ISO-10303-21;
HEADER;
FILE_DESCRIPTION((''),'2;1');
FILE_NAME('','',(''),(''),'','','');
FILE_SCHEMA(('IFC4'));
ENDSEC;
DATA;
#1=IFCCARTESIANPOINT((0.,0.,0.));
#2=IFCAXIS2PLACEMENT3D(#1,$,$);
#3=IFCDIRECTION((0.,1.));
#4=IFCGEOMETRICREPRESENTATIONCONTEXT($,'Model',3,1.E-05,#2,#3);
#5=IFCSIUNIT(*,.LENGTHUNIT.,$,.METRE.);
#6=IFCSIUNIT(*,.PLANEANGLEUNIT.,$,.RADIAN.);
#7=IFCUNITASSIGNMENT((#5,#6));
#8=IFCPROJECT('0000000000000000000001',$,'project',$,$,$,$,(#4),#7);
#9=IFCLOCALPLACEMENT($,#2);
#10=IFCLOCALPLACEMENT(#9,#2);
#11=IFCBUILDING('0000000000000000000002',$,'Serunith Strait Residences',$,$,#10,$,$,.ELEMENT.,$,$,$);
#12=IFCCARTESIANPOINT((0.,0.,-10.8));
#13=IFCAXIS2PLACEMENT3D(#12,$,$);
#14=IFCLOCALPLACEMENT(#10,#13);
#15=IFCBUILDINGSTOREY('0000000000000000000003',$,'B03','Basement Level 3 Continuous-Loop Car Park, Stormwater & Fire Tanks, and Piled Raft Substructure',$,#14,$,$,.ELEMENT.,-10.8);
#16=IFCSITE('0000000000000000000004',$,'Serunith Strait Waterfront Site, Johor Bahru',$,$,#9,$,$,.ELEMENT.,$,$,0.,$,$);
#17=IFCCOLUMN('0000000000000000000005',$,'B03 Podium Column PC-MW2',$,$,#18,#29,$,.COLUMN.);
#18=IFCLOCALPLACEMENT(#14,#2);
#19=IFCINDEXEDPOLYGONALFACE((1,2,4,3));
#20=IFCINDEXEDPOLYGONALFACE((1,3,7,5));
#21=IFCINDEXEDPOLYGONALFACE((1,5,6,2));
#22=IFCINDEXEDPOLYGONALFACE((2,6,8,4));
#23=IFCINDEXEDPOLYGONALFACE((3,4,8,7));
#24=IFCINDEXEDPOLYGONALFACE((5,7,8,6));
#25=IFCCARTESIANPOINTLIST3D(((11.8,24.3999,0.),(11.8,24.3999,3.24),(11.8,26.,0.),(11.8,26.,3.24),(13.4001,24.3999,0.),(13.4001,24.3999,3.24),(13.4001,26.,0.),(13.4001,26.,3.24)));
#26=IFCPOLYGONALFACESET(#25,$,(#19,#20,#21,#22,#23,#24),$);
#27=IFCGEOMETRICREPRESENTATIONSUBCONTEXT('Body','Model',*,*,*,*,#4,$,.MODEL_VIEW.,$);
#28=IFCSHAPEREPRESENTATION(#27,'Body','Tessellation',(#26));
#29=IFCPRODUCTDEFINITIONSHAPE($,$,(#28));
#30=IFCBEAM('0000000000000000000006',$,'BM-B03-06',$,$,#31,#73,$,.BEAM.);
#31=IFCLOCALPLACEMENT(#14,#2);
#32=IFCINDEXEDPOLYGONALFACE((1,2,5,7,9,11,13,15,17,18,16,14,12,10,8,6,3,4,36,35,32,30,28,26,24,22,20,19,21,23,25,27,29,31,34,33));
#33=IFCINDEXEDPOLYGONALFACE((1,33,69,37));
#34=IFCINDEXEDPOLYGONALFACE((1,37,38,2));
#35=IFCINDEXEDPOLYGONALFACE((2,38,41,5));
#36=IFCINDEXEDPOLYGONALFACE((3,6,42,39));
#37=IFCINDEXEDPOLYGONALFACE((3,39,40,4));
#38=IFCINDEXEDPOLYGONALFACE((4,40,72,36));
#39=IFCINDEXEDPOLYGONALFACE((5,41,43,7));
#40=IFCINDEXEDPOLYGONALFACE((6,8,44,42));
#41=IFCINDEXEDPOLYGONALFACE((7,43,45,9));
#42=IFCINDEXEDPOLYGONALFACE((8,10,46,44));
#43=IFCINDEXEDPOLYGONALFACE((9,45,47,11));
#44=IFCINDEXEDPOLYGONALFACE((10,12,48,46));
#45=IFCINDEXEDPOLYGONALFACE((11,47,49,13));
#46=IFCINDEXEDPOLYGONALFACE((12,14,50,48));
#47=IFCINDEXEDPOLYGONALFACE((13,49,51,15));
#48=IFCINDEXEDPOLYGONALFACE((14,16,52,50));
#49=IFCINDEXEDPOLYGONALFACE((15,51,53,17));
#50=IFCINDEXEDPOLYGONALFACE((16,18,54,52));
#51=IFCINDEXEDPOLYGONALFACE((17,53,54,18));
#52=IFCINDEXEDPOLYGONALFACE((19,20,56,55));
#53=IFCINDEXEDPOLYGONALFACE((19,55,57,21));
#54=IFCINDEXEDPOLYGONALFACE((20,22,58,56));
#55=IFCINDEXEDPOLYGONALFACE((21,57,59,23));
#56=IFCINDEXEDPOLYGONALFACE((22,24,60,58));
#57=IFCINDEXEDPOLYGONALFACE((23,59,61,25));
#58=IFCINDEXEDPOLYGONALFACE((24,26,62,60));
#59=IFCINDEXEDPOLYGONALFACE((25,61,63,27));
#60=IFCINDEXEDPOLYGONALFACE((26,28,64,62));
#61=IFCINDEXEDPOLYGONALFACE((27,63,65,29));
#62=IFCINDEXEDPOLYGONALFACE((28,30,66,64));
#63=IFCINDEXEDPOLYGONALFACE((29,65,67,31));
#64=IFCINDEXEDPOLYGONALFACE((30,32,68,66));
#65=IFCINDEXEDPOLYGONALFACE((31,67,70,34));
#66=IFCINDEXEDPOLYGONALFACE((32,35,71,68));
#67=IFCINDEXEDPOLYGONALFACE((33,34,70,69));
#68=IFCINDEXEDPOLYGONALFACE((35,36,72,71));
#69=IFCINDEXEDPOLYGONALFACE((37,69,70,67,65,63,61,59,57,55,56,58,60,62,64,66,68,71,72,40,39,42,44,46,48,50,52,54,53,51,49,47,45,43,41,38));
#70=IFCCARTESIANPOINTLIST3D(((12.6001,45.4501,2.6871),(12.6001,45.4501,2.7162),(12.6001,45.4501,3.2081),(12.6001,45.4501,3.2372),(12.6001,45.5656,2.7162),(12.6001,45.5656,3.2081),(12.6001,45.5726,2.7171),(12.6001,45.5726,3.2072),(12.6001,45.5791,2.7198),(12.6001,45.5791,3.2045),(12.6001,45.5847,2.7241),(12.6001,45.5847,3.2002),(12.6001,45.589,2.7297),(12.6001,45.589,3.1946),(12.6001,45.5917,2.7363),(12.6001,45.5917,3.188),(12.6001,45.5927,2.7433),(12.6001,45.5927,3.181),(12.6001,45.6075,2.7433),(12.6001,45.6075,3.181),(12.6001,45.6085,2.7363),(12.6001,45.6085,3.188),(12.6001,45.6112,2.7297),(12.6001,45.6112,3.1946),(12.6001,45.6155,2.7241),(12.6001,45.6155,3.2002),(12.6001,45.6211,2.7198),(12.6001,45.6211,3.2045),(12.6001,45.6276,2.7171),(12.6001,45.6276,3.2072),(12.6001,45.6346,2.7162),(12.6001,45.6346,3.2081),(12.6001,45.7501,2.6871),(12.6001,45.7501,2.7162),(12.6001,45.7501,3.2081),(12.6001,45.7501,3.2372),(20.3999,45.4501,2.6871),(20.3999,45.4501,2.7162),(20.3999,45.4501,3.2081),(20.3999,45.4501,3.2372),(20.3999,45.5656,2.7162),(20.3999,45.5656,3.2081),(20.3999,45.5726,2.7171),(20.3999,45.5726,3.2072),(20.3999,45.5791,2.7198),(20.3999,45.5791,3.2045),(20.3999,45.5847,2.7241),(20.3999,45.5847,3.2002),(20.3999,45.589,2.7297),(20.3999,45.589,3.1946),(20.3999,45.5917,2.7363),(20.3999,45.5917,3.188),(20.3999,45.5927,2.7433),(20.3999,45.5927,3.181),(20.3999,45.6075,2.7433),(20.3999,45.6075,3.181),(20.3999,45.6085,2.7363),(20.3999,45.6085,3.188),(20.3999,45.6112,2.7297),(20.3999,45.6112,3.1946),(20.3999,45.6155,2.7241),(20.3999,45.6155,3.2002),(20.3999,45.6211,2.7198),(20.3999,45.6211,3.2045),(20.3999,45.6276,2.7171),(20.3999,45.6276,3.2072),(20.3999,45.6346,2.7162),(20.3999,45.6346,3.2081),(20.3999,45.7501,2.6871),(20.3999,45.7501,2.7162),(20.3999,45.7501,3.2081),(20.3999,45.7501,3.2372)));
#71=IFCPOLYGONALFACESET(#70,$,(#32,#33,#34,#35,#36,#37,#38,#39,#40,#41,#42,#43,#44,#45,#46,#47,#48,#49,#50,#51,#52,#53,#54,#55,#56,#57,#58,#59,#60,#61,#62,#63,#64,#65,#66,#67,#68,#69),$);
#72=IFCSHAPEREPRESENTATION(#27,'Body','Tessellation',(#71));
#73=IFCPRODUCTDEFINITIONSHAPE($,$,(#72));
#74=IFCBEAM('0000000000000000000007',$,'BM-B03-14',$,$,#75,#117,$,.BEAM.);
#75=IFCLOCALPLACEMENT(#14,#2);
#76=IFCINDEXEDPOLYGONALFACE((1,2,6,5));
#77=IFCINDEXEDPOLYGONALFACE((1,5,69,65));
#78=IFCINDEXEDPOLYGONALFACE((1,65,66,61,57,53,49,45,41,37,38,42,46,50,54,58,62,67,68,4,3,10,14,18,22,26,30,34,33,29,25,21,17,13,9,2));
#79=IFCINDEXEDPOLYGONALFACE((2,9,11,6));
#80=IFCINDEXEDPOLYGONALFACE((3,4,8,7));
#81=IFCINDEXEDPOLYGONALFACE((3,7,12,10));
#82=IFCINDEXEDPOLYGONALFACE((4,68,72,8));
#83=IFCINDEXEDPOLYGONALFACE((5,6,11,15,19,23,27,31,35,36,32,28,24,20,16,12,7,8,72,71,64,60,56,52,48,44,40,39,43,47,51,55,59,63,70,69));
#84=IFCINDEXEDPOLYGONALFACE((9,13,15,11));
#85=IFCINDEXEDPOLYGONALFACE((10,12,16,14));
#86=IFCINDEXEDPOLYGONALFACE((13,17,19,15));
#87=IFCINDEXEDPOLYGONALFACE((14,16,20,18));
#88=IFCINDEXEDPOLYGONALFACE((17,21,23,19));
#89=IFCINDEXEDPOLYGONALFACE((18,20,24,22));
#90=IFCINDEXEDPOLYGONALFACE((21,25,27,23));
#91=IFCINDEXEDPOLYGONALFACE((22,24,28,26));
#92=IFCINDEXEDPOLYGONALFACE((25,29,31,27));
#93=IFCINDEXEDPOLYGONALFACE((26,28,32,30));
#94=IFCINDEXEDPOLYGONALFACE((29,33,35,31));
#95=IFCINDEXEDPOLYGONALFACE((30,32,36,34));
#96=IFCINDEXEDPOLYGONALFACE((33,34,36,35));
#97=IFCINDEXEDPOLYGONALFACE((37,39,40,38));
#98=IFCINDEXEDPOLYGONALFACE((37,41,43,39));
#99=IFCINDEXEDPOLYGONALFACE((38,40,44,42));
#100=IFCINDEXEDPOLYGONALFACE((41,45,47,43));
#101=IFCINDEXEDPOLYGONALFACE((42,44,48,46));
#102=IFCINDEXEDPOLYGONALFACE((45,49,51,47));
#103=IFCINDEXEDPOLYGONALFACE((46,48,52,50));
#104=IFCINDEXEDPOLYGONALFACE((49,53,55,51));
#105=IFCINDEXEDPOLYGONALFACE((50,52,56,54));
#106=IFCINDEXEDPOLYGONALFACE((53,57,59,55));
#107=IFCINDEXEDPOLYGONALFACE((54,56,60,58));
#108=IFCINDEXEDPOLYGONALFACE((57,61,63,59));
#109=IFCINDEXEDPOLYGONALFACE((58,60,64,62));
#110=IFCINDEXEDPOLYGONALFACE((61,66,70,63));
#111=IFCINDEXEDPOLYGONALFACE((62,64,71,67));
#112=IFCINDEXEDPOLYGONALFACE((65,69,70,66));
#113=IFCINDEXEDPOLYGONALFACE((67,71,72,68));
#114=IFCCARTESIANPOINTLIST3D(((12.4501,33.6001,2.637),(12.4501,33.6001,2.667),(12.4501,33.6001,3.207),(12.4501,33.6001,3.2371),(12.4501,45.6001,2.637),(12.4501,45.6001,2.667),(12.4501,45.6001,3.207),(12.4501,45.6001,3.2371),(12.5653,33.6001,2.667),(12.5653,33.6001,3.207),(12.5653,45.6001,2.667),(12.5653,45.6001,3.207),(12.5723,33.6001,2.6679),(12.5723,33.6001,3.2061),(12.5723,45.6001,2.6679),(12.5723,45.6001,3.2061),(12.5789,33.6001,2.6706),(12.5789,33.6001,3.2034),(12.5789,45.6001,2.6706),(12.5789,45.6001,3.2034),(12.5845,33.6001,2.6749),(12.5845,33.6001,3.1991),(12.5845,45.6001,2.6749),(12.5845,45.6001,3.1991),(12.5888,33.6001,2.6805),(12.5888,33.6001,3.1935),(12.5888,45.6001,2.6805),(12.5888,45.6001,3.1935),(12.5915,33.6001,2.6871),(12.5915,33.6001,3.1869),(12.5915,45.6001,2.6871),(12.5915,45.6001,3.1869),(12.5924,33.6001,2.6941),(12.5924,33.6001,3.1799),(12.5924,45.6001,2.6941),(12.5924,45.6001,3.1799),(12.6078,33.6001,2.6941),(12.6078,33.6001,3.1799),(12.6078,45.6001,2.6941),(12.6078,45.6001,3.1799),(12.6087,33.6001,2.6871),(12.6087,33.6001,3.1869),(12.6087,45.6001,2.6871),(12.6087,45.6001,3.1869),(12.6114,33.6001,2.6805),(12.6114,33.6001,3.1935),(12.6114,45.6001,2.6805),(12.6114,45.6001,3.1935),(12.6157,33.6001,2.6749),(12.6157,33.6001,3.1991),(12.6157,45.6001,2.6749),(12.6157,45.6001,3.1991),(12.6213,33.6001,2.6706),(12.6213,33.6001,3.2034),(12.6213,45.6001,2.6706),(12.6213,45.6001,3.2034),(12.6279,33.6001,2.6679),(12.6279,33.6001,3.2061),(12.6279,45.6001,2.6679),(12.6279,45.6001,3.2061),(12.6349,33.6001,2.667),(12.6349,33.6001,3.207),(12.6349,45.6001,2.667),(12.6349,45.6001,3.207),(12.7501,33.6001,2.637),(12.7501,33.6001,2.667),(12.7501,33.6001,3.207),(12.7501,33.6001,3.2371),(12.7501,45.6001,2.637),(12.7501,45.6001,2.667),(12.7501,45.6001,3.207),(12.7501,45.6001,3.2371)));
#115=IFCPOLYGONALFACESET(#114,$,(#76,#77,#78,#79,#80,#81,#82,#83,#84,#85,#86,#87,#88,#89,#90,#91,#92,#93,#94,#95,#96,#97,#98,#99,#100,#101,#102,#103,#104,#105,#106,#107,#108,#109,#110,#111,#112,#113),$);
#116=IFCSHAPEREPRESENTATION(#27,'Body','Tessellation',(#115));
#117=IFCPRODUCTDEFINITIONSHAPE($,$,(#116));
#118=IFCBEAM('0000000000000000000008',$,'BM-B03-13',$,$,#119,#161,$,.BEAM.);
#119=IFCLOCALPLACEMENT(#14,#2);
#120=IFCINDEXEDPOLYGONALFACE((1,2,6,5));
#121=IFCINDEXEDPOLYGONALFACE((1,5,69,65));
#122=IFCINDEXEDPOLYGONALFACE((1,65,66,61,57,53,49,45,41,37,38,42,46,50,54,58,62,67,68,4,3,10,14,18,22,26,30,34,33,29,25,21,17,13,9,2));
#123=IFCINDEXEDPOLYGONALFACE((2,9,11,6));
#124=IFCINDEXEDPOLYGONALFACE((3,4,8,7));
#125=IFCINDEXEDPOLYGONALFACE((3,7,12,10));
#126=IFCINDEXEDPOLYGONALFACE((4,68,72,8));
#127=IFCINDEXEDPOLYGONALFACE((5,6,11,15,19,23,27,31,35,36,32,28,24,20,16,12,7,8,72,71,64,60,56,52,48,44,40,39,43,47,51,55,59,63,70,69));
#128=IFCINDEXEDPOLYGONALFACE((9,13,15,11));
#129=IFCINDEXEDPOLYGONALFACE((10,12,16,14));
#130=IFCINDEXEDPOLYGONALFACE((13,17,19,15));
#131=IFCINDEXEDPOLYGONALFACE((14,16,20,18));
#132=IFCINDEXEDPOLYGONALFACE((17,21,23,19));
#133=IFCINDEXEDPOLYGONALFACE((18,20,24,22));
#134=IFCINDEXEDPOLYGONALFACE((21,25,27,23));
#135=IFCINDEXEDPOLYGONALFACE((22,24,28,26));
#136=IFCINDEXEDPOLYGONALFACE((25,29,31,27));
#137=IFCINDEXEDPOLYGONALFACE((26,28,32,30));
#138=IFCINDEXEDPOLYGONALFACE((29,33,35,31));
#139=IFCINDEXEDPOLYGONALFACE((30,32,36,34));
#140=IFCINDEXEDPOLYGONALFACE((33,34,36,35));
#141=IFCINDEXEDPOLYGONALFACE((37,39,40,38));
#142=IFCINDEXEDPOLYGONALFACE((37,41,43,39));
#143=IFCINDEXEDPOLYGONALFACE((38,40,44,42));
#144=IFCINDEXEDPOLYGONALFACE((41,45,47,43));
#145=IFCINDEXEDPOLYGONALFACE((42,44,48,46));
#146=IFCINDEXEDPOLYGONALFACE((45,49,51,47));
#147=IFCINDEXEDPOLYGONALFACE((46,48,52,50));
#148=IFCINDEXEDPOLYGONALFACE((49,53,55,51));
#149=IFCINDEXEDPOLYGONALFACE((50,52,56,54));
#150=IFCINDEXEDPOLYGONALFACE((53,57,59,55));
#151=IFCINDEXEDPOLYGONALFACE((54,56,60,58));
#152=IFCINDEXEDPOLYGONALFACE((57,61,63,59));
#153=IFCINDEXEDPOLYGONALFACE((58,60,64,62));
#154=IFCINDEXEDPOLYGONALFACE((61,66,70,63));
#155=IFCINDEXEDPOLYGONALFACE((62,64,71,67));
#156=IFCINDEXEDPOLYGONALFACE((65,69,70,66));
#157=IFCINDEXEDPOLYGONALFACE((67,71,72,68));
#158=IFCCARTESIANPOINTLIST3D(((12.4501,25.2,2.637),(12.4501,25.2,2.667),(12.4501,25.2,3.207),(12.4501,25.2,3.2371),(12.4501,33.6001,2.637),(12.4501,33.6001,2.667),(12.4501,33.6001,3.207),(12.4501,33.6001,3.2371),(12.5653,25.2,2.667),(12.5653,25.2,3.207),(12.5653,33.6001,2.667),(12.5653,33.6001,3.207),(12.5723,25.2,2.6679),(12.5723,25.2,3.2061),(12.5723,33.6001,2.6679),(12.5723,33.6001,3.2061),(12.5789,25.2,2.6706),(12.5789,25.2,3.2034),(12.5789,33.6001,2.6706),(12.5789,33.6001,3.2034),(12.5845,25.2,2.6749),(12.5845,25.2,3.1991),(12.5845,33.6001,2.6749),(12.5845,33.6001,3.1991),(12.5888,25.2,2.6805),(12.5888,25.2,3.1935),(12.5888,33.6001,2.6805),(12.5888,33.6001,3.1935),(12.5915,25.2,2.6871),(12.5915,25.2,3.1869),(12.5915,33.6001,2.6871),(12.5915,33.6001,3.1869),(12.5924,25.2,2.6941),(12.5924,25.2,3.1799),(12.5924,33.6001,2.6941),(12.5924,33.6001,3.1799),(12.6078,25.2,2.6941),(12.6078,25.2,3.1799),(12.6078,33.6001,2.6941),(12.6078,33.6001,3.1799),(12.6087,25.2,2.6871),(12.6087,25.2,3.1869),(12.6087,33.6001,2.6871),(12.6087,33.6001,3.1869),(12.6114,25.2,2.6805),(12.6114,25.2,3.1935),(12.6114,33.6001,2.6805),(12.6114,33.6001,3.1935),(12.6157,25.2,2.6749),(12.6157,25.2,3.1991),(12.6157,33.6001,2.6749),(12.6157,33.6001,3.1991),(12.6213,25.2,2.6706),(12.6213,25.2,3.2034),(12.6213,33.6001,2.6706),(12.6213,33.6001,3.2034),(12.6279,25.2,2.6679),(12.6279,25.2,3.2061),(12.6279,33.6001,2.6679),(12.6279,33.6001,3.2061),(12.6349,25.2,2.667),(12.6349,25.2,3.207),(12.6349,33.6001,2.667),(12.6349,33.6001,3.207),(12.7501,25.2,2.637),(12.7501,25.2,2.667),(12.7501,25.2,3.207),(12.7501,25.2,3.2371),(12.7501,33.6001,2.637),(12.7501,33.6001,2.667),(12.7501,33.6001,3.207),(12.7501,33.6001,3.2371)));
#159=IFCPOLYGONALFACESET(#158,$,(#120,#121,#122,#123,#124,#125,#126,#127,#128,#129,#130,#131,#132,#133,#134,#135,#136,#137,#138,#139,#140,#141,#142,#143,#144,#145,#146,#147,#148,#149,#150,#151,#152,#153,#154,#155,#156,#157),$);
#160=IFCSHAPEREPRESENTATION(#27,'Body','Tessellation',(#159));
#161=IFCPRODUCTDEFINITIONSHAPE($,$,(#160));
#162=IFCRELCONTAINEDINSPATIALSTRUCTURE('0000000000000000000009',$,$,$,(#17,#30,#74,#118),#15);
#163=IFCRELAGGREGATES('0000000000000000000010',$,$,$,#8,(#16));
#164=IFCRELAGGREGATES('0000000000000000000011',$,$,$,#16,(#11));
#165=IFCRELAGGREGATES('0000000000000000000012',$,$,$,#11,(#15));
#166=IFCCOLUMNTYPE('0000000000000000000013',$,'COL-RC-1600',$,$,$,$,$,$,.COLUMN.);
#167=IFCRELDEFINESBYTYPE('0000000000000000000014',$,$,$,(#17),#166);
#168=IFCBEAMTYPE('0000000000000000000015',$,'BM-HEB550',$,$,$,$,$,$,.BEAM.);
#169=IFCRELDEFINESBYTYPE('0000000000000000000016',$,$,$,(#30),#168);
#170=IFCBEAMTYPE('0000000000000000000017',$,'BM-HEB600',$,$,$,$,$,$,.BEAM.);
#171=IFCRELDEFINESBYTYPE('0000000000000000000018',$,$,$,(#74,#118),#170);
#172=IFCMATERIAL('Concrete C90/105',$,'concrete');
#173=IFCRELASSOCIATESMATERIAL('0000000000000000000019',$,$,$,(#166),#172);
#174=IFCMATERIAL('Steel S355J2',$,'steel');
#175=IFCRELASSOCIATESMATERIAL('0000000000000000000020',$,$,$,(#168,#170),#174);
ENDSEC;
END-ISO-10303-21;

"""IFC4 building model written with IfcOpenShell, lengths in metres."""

from ifc_helpers import new_model, si_unit, direction, frame, origin, origin_2d, place, context, subcontext, project, spatial, rectangle, i_section, extrude, source, transform, mapped, material, material_profile, profile_set, type_object, element, save


model = new_model("IFC4")

# Units and contexts
model_context = context("Model", 3, precision=1e-05, world=origin(), true_north=direction((0.0, 1.0)))
body_context = subcontext(model_context, "Body", "Model", "MODEL_VIEW")
ifc_project = project(units=[si_unit("LENGTHUNIT", "METRE"), si_unit("PLANEANGLEUNIT", "RADIAN")], contexts=[model_context])

# Site, building, storey
site_placement = place(None, origin())
site = spatial("IfcSite", under=ifc_project, at=site_placement, Name="Serunith Strait Waterfront Site, Johor Bahru", CompositionType="ELEMENT", RefElevation=0.0)
building_placement = place(site_placement, origin())
building = spatial("IfcBuilding", under=site, at=building_placement, Name="Serunith Strait Residences", CompositionType="ELEMENT")
storey_placement = place(building_placement, frame((0.0, 0.0, -10.8)))
storey = spatial("IfcBuildingStorey", under=building, at=storey_placement, Name="B03", Description="Basement Level 3 Continuous-Loop Car Park, Stormwater & Fire Tanks, and Piled Raft Substructure", CompositionType="ELEMENT", Elevation=-10.8)

# Column
ifc_material_1 = material(Name="Concrete C90/105", Category="concrete")
ifc_material_profile_1 = material_profile(ifc_material_1, rectangle(XDim=1.6001, YDim=1.6001, at=origin_2d()), Name="RC 1600x1600")
ifc_profile_set_1 = profile_set([ifc_material_profile_1], Name="Concrete C90/105")
column_type_1 = type_object("IfcColumnType", Name="COL-RC-1600", PredefinedType="COLUMN", material=ifc_profile_set_1)
shared_shape_1 = source(origin(), body_context, "Body", "SweptSolid", [
    extrude(rectangle(XDim=1.6001, YDim=1.6001, at=origin_2d()), origin(), (0.0, 0.0, 1.0), 3.24),
])
column_placement = place(storey_placement, frame((12.6001, 25.2, 0.0), z_axis=(0.0, 0.0, 1.0), x_axis=(1.0, 0.0, 0.0)))
element("IfcColumn", 1, at=column_placement, inside=storey, type_object=column_type_1, Name="B03 Podium Column PC-MW2", PredefinedType="COLUMN", context=body_context, shape_type="MappedRepresentation", body=[
    mapped(shared_shape_1, transform((0.0, 0.0, 0.0), scale=1.0)),
])

# Beams
ifc_material_2 = material(Name="Steel S355J2", Category="steel")
ifc_material_profile_2 = material_profile(ifc_material_2, i_section(OverallWidth=0.3, OverallDepth=0.55, WebThickness=0.0149, FlangeThickness=0.0291, FilletRadius=0.0271, at=origin_2d()), Name="HEB 550")
ifc_profile_set_2 = profile_set([ifc_material_profile_2], Name="Steel S355J2")
beam_type_1 = type_object("IfcBeamType", Name="BM-HEB550", PredefinedType="BEAM", material=ifc_profile_set_2)
shared_shape_2 = source(origin(), body_context, "Body", "SweptSolid", [
    extrude(i_section(OverallWidth=0.3, OverallDepth=0.55, WebThickness=0.0149, FlangeThickness=0.0291, FilletRadius=0.0271, at=origin_2d()), origin(), (0.0, 0.0, 1.0), 7.7998),
])
beam_1_placement = place(storey_placement, frame((12.6001, 45.6001, 2.9622), z_axis=(1.0, 0.0, 0.0), x_axis=(0.0, 1.0, 0.0)))
element("IfcBeam", 2, at=beam_1_placement, inside=storey, type_object=beam_type_1, Name="BM-B03-06", PredefinedType="BEAM", context=body_context, shape_type="MappedRepresentation", body=[
    mapped(shared_shape_2, transform((0.0, 0.0, 0.0), scale=1.0)),
])
ifc_material_profile_3 = material_profile(ifc_material_2, i_section(OverallWidth=0.3, OverallDepth=0.6001, WebThickness=0.0154, FlangeThickness=0.03, FilletRadius=0.0271, at=origin_2d()), Name="HEB 600")
ifc_profile_set_3 = profile_set([ifc_material_profile_3], Name="Steel S355J2")
beam_type_2 = type_object("IfcBeamType", Name="BM-HEB600", PredefinedType="BEAM", material=ifc_profile_set_3)
shared_shape_3 = source(origin(), body_context, "Body", "SweptSolid", [
    extrude(i_section(OverallWidth=0.3, OverallDepth=0.6001, WebThickness=0.0154, FlangeThickness=0.03, FilletRadius=0.0271, at=origin_2d()), origin(), (0.0, 0.0, 1.0), 12.0),
])
beam_2_placement = place(storey_placement, frame((12.6001, 33.6001, 2.937), z_axis=(0.0, 1.0, 0.0), x_axis=(-1.0, 0.0, 0.0)))
element("IfcBeam", 3, at=beam_2_placement, inside=storey, type_object=beam_type_2, Name="BM-B03-14", PredefinedType="BEAM", context=body_context, shape_type="MappedRepresentation", body=[
    mapped(shared_shape_3, transform((0.0, 0.0, 0.0), scale=1.0)),
])
shared_shape_4 = source(origin(), body_context, "Body", "SweptSolid", [
    extrude(i_section(OverallWidth=0.3, OverallDepth=0.6001, WebThickness=0.0154, FlangeThickness=0.03, FilletRadius=0.0271, at=origin_2d()), origin(), (0.0, 0.0, 1.0), 8.4001),
])
beam_3_placement = place(storey_placement, frame((12.6001, 25.2, 2.937), z_axis=(0.0, 1.0, 0.0), x_axis=(-1.0, 0.0, 0.0)))
element("IfcBeam", 4, at=beam_3_placement, inside=storey, type_object=beam_type_2, Name="BM-B03-13", PredefinedType="BEAM", context=body_context, shape_type="MappedRepresentation", body=[
    mapped(shared_shape_4, transform((0.0, 0.0, 0.0), scale=1.0)),
])

save(model, "model.ifc")
